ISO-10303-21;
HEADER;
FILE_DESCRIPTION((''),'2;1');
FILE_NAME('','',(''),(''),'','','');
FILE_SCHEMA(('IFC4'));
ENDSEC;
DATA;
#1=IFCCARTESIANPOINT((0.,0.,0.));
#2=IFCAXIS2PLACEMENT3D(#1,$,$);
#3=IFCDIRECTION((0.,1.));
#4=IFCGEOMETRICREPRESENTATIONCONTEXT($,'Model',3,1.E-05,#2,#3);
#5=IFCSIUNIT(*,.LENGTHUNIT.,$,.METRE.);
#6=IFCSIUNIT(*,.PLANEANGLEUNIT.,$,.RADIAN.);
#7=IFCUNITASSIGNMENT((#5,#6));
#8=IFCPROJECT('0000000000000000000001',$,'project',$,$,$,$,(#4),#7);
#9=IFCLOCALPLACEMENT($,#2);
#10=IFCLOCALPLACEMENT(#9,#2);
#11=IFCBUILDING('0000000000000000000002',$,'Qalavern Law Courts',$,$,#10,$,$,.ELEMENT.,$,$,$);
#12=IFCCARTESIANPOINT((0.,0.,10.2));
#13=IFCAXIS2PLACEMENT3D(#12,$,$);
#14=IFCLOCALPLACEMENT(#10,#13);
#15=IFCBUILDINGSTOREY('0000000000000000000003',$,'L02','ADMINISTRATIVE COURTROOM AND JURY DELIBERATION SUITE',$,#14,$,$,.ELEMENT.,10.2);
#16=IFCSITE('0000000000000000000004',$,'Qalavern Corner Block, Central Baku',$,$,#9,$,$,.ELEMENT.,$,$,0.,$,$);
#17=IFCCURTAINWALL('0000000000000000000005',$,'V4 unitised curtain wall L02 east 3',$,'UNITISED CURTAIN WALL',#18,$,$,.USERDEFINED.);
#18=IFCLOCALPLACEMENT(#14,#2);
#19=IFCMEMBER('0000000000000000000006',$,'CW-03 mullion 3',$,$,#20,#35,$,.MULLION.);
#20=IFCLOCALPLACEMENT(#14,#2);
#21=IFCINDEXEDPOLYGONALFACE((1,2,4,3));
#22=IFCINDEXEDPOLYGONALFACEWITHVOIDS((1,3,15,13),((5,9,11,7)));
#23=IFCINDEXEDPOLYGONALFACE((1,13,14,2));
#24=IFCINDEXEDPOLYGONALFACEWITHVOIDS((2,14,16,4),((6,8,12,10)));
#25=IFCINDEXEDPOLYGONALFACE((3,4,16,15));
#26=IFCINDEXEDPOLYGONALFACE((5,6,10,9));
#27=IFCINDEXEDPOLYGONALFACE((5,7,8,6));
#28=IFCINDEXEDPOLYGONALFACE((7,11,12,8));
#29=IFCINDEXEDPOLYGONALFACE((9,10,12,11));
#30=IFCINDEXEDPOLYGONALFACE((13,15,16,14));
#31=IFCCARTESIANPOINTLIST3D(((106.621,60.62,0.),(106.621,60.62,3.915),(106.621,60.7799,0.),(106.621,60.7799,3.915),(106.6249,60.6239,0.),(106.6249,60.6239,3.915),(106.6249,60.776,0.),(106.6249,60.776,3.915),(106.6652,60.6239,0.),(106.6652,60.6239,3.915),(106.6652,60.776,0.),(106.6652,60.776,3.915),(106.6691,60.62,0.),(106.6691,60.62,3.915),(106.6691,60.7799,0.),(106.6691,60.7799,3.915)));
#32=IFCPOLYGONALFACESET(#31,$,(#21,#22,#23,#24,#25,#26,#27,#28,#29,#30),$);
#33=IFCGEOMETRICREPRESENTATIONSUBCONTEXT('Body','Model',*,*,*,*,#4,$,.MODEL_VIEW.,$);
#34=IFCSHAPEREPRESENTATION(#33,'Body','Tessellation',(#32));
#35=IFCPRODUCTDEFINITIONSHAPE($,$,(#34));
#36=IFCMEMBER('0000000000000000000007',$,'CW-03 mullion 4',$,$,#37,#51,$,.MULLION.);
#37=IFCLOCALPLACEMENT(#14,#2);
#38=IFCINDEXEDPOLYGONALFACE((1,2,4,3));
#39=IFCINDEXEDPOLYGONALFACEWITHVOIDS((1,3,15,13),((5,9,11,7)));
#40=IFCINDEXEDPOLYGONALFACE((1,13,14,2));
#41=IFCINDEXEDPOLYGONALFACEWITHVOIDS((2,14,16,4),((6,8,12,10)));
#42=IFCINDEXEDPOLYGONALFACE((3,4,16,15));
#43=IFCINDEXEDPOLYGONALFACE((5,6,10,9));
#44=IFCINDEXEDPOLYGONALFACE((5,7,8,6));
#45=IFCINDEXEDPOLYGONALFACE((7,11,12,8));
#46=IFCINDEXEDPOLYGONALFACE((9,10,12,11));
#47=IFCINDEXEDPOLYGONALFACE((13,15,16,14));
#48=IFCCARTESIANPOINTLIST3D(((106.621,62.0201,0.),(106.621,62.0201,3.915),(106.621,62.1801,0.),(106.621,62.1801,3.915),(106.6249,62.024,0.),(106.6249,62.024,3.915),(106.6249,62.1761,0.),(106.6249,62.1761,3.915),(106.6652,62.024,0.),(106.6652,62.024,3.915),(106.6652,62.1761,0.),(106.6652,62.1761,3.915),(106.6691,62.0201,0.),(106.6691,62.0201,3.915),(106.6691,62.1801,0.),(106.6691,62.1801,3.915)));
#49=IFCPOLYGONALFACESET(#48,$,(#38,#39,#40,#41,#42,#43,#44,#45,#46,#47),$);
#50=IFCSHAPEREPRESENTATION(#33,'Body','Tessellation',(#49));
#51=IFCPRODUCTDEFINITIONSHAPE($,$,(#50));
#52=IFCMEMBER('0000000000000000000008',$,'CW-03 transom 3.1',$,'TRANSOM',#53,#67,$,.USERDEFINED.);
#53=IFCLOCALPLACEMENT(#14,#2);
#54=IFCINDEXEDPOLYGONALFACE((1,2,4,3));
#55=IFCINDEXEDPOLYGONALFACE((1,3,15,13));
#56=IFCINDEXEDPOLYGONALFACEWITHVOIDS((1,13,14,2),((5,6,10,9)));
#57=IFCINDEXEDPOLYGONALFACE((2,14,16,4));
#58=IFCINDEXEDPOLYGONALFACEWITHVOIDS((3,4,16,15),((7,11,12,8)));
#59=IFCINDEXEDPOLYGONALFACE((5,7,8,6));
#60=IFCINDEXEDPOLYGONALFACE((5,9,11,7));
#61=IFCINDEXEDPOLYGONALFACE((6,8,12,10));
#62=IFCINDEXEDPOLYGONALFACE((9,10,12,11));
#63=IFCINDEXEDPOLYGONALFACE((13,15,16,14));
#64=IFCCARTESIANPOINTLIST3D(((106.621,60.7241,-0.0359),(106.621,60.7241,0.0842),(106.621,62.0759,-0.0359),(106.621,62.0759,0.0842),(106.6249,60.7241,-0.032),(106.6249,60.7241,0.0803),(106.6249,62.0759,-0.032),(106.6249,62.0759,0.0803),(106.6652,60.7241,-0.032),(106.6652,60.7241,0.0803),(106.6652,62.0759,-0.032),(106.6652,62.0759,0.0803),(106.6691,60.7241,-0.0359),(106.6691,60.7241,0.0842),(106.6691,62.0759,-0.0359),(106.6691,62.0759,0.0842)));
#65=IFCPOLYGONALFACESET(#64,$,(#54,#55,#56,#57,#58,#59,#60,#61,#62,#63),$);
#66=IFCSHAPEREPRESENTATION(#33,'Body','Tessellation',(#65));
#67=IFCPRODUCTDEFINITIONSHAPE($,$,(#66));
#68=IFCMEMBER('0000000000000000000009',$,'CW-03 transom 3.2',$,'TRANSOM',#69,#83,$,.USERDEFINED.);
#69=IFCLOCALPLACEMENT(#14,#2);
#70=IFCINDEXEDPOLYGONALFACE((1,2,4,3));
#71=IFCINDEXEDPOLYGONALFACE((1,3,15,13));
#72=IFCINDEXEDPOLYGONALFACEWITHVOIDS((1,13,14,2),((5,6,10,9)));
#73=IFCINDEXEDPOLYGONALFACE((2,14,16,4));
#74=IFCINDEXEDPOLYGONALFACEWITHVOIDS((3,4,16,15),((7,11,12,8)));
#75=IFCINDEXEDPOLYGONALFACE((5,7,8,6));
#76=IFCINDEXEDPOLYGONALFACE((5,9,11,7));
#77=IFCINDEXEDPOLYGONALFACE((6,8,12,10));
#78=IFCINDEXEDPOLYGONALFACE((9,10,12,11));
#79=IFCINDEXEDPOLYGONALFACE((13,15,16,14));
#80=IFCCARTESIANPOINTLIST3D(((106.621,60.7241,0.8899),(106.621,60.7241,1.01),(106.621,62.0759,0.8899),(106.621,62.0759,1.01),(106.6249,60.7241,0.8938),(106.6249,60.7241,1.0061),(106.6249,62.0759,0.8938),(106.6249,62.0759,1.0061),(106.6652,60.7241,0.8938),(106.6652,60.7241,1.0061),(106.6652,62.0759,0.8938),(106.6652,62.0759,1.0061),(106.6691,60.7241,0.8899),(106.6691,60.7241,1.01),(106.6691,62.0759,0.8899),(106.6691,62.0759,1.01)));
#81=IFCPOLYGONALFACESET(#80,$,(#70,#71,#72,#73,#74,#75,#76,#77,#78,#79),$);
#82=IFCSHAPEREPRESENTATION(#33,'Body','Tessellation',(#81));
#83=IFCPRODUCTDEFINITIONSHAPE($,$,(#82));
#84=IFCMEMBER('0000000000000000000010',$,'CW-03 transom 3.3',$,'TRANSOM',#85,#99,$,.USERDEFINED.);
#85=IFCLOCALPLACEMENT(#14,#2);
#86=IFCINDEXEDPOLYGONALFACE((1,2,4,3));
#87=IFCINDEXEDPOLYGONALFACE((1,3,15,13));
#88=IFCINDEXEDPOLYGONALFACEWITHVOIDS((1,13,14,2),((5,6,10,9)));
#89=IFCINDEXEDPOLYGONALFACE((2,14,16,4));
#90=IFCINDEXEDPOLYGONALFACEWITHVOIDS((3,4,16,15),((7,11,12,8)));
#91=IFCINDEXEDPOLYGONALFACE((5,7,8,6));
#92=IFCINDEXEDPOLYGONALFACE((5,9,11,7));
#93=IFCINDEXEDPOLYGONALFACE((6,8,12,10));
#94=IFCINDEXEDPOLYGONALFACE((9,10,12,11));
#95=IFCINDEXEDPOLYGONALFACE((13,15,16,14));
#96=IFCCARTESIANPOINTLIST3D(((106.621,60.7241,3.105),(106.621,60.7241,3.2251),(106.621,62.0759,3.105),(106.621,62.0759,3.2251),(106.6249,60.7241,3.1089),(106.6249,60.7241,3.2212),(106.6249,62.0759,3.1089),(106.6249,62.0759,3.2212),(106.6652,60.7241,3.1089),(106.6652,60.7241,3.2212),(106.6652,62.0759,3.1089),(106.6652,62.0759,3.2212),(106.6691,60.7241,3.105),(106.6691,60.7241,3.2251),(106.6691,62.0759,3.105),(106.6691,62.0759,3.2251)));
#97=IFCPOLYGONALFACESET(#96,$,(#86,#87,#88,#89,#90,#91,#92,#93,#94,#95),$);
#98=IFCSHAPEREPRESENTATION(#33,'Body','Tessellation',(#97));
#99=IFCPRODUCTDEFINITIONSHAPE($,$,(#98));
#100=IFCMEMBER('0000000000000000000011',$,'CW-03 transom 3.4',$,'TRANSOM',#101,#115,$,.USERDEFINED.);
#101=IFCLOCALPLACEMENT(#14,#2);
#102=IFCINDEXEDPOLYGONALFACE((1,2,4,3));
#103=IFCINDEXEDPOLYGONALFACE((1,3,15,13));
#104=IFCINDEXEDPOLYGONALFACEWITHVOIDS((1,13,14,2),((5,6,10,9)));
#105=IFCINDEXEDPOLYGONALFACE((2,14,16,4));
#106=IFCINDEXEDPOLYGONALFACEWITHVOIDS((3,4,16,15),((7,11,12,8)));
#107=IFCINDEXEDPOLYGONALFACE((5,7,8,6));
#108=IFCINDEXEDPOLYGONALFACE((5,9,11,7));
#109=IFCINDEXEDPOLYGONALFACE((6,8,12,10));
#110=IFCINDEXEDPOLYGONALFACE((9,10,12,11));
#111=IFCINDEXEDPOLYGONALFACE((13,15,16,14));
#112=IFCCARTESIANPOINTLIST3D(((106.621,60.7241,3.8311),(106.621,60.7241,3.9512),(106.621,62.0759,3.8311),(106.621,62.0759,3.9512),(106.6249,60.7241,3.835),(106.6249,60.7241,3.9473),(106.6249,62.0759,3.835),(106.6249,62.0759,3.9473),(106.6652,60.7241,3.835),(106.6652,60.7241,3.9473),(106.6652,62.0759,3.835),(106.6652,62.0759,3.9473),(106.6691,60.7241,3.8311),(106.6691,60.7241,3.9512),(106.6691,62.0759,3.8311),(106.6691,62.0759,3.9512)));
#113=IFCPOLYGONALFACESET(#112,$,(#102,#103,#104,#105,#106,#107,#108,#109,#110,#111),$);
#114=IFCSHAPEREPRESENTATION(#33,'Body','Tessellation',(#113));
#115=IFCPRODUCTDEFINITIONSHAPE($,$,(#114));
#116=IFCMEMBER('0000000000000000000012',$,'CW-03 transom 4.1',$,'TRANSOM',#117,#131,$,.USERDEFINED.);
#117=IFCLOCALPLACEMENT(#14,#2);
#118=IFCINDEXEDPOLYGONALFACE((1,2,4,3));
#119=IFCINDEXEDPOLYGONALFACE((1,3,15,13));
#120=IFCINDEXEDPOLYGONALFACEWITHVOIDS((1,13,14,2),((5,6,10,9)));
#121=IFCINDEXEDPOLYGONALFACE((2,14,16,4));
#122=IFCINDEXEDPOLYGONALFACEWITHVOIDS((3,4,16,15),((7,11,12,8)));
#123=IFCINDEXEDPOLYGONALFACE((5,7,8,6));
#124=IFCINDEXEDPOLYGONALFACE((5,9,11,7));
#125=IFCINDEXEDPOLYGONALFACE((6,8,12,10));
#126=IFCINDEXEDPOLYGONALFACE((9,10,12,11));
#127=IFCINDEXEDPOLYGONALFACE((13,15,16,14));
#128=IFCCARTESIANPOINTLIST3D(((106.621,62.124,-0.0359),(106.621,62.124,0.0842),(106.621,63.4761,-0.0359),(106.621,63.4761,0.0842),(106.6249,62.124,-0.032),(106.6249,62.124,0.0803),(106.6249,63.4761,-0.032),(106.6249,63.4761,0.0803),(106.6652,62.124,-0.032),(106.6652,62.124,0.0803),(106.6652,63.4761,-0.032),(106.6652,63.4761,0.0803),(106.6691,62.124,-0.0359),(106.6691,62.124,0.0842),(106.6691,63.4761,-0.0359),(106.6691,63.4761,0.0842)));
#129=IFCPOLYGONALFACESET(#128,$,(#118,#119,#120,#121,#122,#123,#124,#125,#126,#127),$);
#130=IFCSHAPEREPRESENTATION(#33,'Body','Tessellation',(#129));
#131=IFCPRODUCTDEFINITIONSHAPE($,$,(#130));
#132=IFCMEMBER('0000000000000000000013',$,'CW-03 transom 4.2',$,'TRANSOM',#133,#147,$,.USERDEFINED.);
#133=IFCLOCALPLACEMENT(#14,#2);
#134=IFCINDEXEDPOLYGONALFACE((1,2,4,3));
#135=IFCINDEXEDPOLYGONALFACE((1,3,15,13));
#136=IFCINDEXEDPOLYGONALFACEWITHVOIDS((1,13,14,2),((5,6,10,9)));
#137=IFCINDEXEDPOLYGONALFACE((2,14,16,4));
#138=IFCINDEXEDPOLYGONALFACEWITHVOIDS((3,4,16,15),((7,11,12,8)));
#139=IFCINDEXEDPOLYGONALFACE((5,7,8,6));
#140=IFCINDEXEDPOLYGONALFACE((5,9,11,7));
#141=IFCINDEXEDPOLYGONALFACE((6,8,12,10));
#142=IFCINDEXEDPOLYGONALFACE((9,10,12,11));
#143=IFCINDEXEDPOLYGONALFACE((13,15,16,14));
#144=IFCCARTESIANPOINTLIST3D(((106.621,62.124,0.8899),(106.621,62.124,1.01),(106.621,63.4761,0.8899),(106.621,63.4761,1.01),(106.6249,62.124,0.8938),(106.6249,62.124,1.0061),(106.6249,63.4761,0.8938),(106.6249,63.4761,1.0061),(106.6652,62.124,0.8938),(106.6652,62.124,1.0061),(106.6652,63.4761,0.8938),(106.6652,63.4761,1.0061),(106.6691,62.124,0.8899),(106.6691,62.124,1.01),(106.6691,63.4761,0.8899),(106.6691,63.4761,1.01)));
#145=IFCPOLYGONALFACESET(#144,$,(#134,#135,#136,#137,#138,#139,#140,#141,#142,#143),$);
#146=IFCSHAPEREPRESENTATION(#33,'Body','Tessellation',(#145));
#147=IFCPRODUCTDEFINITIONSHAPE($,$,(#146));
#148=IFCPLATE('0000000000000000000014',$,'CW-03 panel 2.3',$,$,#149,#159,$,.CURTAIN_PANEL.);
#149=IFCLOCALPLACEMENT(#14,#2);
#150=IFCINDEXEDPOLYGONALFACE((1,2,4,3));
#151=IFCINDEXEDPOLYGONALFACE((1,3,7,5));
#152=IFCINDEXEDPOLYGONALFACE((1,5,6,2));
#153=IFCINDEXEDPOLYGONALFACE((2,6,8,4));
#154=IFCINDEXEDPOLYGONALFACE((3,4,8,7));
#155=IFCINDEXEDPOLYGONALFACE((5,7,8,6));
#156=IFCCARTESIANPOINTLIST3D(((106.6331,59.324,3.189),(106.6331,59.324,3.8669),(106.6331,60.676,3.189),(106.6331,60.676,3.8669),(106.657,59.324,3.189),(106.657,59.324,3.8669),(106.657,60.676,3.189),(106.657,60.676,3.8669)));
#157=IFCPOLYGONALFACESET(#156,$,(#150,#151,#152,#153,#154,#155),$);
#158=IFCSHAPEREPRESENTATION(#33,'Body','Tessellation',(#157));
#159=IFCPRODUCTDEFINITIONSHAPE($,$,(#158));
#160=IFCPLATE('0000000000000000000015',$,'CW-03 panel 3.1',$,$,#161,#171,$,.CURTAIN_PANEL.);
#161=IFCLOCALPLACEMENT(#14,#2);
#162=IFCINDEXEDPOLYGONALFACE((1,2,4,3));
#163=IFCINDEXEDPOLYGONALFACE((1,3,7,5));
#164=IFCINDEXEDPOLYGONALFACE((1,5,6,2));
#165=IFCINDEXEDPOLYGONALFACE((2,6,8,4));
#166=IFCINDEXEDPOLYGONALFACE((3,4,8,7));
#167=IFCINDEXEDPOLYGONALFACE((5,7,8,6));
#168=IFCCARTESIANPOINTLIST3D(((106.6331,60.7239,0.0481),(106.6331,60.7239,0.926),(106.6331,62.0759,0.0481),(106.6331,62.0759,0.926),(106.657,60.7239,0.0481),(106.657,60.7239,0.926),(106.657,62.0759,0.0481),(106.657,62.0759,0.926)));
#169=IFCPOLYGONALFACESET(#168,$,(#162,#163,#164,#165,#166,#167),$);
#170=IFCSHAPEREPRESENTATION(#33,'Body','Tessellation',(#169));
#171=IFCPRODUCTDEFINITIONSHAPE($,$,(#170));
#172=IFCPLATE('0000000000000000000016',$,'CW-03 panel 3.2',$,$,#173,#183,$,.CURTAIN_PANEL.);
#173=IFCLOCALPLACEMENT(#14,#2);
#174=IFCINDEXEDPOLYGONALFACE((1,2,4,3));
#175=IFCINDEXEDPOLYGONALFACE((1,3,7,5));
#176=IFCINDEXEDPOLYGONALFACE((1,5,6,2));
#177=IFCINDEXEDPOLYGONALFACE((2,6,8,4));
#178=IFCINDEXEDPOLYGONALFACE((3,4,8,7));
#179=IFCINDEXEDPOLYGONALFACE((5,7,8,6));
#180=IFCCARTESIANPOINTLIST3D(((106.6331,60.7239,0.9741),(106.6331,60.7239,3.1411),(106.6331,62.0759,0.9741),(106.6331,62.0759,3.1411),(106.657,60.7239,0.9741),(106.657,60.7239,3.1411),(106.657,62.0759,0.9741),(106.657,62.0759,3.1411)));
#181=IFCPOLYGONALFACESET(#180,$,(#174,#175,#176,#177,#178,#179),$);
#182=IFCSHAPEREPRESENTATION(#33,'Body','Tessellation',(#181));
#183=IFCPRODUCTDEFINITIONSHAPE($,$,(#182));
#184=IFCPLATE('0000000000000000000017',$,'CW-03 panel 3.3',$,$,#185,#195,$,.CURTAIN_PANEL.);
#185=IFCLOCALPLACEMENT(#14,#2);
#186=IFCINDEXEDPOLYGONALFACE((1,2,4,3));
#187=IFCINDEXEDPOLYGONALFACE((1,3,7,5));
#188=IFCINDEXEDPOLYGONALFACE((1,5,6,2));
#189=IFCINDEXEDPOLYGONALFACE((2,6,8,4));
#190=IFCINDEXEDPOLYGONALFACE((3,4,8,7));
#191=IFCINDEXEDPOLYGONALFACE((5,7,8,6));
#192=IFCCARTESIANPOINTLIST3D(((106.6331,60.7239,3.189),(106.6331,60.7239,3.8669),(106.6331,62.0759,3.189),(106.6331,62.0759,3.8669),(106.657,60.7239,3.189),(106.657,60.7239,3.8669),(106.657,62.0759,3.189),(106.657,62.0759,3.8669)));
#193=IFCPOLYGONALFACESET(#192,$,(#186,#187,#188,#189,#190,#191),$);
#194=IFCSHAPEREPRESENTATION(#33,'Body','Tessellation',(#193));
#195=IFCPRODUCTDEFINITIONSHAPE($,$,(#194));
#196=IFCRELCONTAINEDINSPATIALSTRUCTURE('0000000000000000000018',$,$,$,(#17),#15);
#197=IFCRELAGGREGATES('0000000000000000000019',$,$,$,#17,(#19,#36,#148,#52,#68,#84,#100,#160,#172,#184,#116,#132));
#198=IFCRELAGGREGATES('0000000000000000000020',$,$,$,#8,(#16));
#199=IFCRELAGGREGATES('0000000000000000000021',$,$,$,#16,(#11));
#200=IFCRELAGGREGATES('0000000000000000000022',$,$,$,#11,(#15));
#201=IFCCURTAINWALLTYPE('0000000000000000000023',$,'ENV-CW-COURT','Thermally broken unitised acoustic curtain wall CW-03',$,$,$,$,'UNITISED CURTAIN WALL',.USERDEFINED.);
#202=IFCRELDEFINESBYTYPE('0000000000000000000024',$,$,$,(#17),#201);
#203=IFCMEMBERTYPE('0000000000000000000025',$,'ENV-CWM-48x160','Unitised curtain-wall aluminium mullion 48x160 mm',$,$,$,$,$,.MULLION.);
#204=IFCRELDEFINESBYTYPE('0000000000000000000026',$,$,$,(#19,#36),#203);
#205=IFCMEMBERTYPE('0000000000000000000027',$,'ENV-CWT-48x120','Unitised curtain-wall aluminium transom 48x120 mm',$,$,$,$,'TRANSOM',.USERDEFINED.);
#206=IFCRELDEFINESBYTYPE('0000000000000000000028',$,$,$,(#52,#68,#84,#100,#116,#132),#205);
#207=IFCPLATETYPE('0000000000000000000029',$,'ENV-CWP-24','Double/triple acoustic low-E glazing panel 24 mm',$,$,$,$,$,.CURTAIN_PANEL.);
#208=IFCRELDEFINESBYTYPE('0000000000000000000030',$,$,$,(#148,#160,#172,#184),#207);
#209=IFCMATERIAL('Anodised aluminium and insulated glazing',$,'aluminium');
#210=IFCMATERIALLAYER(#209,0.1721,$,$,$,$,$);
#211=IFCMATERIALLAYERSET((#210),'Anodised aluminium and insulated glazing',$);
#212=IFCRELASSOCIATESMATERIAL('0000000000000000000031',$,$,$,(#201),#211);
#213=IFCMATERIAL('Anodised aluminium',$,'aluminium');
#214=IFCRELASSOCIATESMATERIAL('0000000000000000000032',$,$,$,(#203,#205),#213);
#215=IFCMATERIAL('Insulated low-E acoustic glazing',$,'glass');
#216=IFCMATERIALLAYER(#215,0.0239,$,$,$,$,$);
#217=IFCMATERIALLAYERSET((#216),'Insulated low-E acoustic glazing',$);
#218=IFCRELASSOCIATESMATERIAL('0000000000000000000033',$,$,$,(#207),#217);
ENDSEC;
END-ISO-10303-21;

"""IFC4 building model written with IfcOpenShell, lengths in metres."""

from ifc_helpers import new_model, si_unit, direction, frame, origin, origin_2d, place, context, subcontext, project, spatial, rectangle, hollow_rectangle, extrude, material, layer, layer_set, material_profile, profile_set, type_object, element, aggregate, save


model = new_model("IFC4")

# Units and contexts
model_context = context("Model", 3, precision=1e-05, world=origin(), true_north=direction((0.0, 1.0)))
body_context = subcontext(model_context, "Body", "Model", "MODEL_VIEW")
ifc_project = project(units=[si_unit("LENGTHUNIT", "METRE"), si_unit("PLANEANGLEUNIT", "RADIAN")], contexts=[model_context])

# Site, building, storey
site_placement = place(None, origin())
site = spatial("IfcSite", under=ifc_project, at=site_placement, Name="Qalavern Corner Block, Central Baku", CompositionType="ELEMENT", RefElevation=0.0)
building_placement = place(site_placement, origin())
building = spatial("IfcBuilding", under=site, at=building_placement, Name="Qalavern Law Courts", CompositionType="ELEMENT")
storey_placement = place(building_placement, frame((0.0, 0.0, 10.2)))
storey = spatial("IfcBuildingStorey", under=building, at=storey_placement, Name="L02", Description="ADMINISTRATIVE COURTROOM AND JURY DELIBERATION SUITE", CompositionType="ELEMENT", Elevation=10.2)

# Curtain wall, members, plates
ifc_material_1 = material(Name="Anodised aluminium and insulated glazing", Category="aluminium")
ifc_layer_1 = layer(ifc_material_1, 0.1721)
ifc_layer_set_1 = layer_set([ifc_layer_1], Name="Anodised aluminium and insulated glazing")
curtain_wall_type = type_object("IfcCurtainWallType", Name="ENV-CW-COURT", Description="Thermally broken unitised acoustic curtain wall CW-03", ElementType="UNITISED CURTAIN WALL", PredefinedType="USERDEFINED", material=ifc_layer_set_1)
curtain_wall_placement = place(storey_placement, origin())
curtain_wall = element("IfcCurtainWall", 1, at=curtain_wall_placement, inside=storey, type_object=curtain_wall_type, Name="V4 unitised curtain wall L02 east 3", ObjectType="UNITISED CURTAIN WALL", PredefinedType="USERDEFINED")
ifc_material_2 = material(Name="Anodised aluminium", Category="aluminium")
ifc_material_profile_1 = material_profile(ifc_material_2, hollow_rectangle(XDim=0.0481, YDim=0.1599, WallThickness=0.0039, at=origin_2d()), Name="ALU MULLION 48x160")
ifc_profile_set_1 = profile_set([ifc_material_profile_1], Name="Anodised aluminium")
member_type_1 = type_object("IfcMemberType", Name="ENV-CWM-48x160", Description="Unitised curtain-wall aluminium mullion 48x160 mm", PredefinedType="MULLION", material=ifc_profile_set_1)
member_1_placement = place(storey_placement, frame((106.645, 60.7, 0.0), z_axis=(0.0, 0.0, 1.0), x_axis=(-1.0, 0.0, 0.0)))
member_1 = element("IfcMember", 2, at=member_1_placement, type_object=member_type_1, Name="CW-03 mullion 3", PredefinedType="MULLION", context=body_context, shape_type="SweptSolid", body=[
    extrude(hollow_rectangle(XDim=0.0481, YDim=0.1599, WallThickness=0.0039, at=origin_2d()), origin(), (0.0, 0.0, 1.0), 3.915),
])
member_2_placement = place(storey_placement, frame((106.645, 62.1001, 0.0), z_axis=(0.0, 0.0, 1.0), x_axis=(-1.0, 0.0, 0.0)))
member_2 = element("IfcMember", 3, at=member_2_placement, type_object=member_type_1, Name="CW-03 mullion 4", PredefinedType="MULLION", context=body_context, shape_type="SweptSolid", body=[
    extrude(hollow_rectangle(XDim=0.0481, YDim=0.1599, WallThickness=0.0039, at=origin_2d()), origin(), (0.0, 0.0, 1.0), 3.915),
])
ifc_material_profile_2 = material_profile(ifc_material_2, hollow_rectangle(XDim=0.0481, YDim=0.1201, WallThickness=0.0039, at=origin_2d()), Name="ALU TRANSOM 48x120")
ifc_profile_set_2 = profile_set([ifc_material_profile_2], Name="Anodised aluminium")
member_type_2 = type_object("IfcMemberType", Name="ENV-CWT-48x120", Description="Unitised curtain-wall aluminium transom 48x120 mm", ElementType="TRANSOM", PredefinedType="USERDEFINED", material=ifc_profile_set_2)
member_3_placement = place(storey_placement, frame((106.645, 60.7241, 0.0242), z_axis=(0.0, 1.0, 0.0), x_axis=(-1.0, 0.0, 0.0)))
member_3 = element("IfcMember", 4, at=member_3_placement, type_object=member_type_2, Name="CW-03 transom 3.1", ObjectType="TRANSOM", PredefinedType="USERDEFINED", context=body_context, shape_type="SweptSolid", body=[
    extrude(hollow_rectangle(XDim=0.0481, YDim=0.1201, WallThickness=0.0039, at=origin_2d()), origin(), (0.0, 0.0, 1.0), 1.3518),
])
member_4_placement = place(storey_placement, frame((106.645, 60.7241, 0.95), z_axis=(0.0, 1.0, 0.0), x_axis=(-1.0, 0.0, 0.0)))
member_4 = element("IfcMember", 5, at=member_4_placement, type_object=member_type_2, Name="CW-03 transom 3.2", ObjectType="TRANSOM", PredefinedType="USERDEFINED", context=body_context, shape_type="SweptSolid", body=[
    extrude(hollow_rectangle(XDim=0.0481, YDim=0.1201, WallThickness=0.0039, at=origin_2d()), origin(), (0.0, 0.0, 1.0), 1.3518),
])
member_5_placement = place(storey_placement, frame((106.645, 60.7241, 3.165), z_axis=(0.0, 1.0, 0.0), x_axis=(-1.0, 0.0, 0.0)))
member_5 = element("IfcMember", 6, at=member_5_placement, type_object=member_type_2, Name="CW-03 transom 3.3", ObjectType="TRANSOM", PredefinedType="USERDEFINED", context=body_context, shape_type="SweptSolid", body=[
    extrude(hollow_rectangle(XDim=0.0481, YDim=0.1201, WallThickness=0.0039, at=origin_2d()), origin(), (0.0, 0.0, 1.0), 1.3518),
])
member_6_placement = place(storey_placement, frame((106.645, 60.7241, 3.8911), z_axis=(0.0, 1.0, 0.0), x_axis=(-1.0, 0.0, 0.0)))
member_6 = element("IfcMember", 7, at=member_6_placement, type_object=member_type_2, Name="CW-03 transom 3.4", ObjectType="TRANSOM", PredefinedType="USERDEFINED", context=body_context, shape_type="SweptSolid", body=[
    extrude(hollow_rectangle(XDim=0.0481, YDim=0.1201, WallThickness=0.0039, at=origin_2d()), origin(), (0.0, 0.0, 1.0), 1.3518),
])
member_7_placement = place(storey_placement, frame((106.645, 62.124, 0.0242), z_axis=(0.0, 1.0, 0.0), x_axis=(-1.0, 0.0, 0.0)))
member_7 = element("IfcMember", 8, at=member_7_placement, type_object=member_type_2, Name="CW-03 transom 4.1", ObjectType="TRANSOM", PredefinedType="USERDEFINED", context=body_context, shape_type="SweptSolid", body=[
    extrude(hollow_rectangle(XDim=0.0481, YDim=0.1201, WallThickness=0.0039, at=origin_2d()), origin(), (0.0, 0.0, 1.0), 1.3521),
])
member_8_placement = place(storey_placement, frame((106.645, 62.124, 0.95), z_axis=(0.0, 1.0, 0.0), x_axis=(-1.0, 0.0, 0.0)))
member_8 = element("IfcMember", 9, at=member_8_placement, type_object=member_type_2, Name="CW-03 transom 4.2", ObjectType="TRANSOM", PredefinedType="USERDEFINED", context=body_context, shape_type="SweptSolid", body=[
    extrude(hollow_rectangle(XDim=0.0481, YDim=0.1201, WallThickness=0.0039, at=origin_2d()), origin(), (0.0, 0.0, 1.0), 1.3521),
])
ifc_material_3 = material(Name="Insulated low-E acoustic glazing", Category="glass")
ifc_layer_2 = layer(ifc_material_3, 0.0239)
ifc_layer_set_2 = layer_set([ifc_layer_2], Name="Insulated low-E acoustic glazing")
plate_type = type_object("IfcPlateType", Name="ENV-CWP-24", Description="Double/triple acoustic low-E glazing panel 24 mm", PredefinedType="CURTAIN_PANEL", material=ifc_layer_set_2)
plate_1_placement = place(storey_placement, frame((106.645, 60.0, 3.189), z_axis=(0.0, 0.0, 1.0), x_axis=(0.0, 1.0, 0.0)))
plate_1 = element("IfcPlate", 10, at=plate_1_placement, type_object=plate_type, Name="CW-03 panel 2.3", PredefinedType="CURTAIN_PANEL", context=body_context, shape_type="SweptSolid", body=[
    extrude(rectangle(XDim=1.3521, YDim=0.0239, at=origin_2d()), origin(), (0.0, 0.0, 1.0), 0.678),
])
plate_2_placement = place(storey_placement, frame((106.645, 61.3999, 0.0481), z_axis=(0.0, 0.0, 1.0), x_axis=(0.0, 1.0, 0.0)))
plate_2 = element("IfcPlate", 11, at=plate_2_placement, type_object=plate_type, Name="CW-03 panel 3.1", PredefinedType="CURTAIN_PANEL", context=body_context, shape_type="SweptSolid", body=[
    extrude(rectangle(XDim=1.3521, YDim=0.0239, at=origin_2d()), origin(), (0.0, 0.0, 1.0), 0.8779),
])
plate_3_placement = place(storey_placement, frame((106.645, 61.3999, 0.9741), z_axis=(0.0, 0.0, 1.0), x_axis=(0.0, 1.0, 0.0)))
plate_3 = element("IfcPlate", 12, at=plate_3_placement, type_object=plate_type, Name="CW-03 panel 3.2", PredefinedType="CURTAIN_PANEL", context=body_context, shape_type="SweptSolid", body=[
    extrude(rectangle(XDim=1.3521, YDim=0.0239, at=origin_2d()), origin(), (0.0, 0.0, 1.0), 2.167),
])
plate_4_placement = place(storey_placement, frame((106.645, 61.3999, 3.189), z_axis=(0.0, 0.0, 1.0), x_axis=(0.0, 1.0, 0.0)))
plate_4 = element("IfcPlate", 13, at=plate_4_placement, type_object=plate_type, Name="CW-03 panel 3.3", PredefinedType="CURTAIN_PANEL", context=body_context, shape_type="SweptSolid", body=[
    extrude(rectangle(XDim=1.3521, YDim=0.0239, at=origin_2d()), origin(), (0.0, 0.0, 1.0), 0.678),
])
aggregate(curtain_wall, [member_1, member_2, plate_1, member_3, member_4, member_5, member_6, plate_2, plate_3, plate_4, member_7, member_8])

save(model, "model.ifc")
